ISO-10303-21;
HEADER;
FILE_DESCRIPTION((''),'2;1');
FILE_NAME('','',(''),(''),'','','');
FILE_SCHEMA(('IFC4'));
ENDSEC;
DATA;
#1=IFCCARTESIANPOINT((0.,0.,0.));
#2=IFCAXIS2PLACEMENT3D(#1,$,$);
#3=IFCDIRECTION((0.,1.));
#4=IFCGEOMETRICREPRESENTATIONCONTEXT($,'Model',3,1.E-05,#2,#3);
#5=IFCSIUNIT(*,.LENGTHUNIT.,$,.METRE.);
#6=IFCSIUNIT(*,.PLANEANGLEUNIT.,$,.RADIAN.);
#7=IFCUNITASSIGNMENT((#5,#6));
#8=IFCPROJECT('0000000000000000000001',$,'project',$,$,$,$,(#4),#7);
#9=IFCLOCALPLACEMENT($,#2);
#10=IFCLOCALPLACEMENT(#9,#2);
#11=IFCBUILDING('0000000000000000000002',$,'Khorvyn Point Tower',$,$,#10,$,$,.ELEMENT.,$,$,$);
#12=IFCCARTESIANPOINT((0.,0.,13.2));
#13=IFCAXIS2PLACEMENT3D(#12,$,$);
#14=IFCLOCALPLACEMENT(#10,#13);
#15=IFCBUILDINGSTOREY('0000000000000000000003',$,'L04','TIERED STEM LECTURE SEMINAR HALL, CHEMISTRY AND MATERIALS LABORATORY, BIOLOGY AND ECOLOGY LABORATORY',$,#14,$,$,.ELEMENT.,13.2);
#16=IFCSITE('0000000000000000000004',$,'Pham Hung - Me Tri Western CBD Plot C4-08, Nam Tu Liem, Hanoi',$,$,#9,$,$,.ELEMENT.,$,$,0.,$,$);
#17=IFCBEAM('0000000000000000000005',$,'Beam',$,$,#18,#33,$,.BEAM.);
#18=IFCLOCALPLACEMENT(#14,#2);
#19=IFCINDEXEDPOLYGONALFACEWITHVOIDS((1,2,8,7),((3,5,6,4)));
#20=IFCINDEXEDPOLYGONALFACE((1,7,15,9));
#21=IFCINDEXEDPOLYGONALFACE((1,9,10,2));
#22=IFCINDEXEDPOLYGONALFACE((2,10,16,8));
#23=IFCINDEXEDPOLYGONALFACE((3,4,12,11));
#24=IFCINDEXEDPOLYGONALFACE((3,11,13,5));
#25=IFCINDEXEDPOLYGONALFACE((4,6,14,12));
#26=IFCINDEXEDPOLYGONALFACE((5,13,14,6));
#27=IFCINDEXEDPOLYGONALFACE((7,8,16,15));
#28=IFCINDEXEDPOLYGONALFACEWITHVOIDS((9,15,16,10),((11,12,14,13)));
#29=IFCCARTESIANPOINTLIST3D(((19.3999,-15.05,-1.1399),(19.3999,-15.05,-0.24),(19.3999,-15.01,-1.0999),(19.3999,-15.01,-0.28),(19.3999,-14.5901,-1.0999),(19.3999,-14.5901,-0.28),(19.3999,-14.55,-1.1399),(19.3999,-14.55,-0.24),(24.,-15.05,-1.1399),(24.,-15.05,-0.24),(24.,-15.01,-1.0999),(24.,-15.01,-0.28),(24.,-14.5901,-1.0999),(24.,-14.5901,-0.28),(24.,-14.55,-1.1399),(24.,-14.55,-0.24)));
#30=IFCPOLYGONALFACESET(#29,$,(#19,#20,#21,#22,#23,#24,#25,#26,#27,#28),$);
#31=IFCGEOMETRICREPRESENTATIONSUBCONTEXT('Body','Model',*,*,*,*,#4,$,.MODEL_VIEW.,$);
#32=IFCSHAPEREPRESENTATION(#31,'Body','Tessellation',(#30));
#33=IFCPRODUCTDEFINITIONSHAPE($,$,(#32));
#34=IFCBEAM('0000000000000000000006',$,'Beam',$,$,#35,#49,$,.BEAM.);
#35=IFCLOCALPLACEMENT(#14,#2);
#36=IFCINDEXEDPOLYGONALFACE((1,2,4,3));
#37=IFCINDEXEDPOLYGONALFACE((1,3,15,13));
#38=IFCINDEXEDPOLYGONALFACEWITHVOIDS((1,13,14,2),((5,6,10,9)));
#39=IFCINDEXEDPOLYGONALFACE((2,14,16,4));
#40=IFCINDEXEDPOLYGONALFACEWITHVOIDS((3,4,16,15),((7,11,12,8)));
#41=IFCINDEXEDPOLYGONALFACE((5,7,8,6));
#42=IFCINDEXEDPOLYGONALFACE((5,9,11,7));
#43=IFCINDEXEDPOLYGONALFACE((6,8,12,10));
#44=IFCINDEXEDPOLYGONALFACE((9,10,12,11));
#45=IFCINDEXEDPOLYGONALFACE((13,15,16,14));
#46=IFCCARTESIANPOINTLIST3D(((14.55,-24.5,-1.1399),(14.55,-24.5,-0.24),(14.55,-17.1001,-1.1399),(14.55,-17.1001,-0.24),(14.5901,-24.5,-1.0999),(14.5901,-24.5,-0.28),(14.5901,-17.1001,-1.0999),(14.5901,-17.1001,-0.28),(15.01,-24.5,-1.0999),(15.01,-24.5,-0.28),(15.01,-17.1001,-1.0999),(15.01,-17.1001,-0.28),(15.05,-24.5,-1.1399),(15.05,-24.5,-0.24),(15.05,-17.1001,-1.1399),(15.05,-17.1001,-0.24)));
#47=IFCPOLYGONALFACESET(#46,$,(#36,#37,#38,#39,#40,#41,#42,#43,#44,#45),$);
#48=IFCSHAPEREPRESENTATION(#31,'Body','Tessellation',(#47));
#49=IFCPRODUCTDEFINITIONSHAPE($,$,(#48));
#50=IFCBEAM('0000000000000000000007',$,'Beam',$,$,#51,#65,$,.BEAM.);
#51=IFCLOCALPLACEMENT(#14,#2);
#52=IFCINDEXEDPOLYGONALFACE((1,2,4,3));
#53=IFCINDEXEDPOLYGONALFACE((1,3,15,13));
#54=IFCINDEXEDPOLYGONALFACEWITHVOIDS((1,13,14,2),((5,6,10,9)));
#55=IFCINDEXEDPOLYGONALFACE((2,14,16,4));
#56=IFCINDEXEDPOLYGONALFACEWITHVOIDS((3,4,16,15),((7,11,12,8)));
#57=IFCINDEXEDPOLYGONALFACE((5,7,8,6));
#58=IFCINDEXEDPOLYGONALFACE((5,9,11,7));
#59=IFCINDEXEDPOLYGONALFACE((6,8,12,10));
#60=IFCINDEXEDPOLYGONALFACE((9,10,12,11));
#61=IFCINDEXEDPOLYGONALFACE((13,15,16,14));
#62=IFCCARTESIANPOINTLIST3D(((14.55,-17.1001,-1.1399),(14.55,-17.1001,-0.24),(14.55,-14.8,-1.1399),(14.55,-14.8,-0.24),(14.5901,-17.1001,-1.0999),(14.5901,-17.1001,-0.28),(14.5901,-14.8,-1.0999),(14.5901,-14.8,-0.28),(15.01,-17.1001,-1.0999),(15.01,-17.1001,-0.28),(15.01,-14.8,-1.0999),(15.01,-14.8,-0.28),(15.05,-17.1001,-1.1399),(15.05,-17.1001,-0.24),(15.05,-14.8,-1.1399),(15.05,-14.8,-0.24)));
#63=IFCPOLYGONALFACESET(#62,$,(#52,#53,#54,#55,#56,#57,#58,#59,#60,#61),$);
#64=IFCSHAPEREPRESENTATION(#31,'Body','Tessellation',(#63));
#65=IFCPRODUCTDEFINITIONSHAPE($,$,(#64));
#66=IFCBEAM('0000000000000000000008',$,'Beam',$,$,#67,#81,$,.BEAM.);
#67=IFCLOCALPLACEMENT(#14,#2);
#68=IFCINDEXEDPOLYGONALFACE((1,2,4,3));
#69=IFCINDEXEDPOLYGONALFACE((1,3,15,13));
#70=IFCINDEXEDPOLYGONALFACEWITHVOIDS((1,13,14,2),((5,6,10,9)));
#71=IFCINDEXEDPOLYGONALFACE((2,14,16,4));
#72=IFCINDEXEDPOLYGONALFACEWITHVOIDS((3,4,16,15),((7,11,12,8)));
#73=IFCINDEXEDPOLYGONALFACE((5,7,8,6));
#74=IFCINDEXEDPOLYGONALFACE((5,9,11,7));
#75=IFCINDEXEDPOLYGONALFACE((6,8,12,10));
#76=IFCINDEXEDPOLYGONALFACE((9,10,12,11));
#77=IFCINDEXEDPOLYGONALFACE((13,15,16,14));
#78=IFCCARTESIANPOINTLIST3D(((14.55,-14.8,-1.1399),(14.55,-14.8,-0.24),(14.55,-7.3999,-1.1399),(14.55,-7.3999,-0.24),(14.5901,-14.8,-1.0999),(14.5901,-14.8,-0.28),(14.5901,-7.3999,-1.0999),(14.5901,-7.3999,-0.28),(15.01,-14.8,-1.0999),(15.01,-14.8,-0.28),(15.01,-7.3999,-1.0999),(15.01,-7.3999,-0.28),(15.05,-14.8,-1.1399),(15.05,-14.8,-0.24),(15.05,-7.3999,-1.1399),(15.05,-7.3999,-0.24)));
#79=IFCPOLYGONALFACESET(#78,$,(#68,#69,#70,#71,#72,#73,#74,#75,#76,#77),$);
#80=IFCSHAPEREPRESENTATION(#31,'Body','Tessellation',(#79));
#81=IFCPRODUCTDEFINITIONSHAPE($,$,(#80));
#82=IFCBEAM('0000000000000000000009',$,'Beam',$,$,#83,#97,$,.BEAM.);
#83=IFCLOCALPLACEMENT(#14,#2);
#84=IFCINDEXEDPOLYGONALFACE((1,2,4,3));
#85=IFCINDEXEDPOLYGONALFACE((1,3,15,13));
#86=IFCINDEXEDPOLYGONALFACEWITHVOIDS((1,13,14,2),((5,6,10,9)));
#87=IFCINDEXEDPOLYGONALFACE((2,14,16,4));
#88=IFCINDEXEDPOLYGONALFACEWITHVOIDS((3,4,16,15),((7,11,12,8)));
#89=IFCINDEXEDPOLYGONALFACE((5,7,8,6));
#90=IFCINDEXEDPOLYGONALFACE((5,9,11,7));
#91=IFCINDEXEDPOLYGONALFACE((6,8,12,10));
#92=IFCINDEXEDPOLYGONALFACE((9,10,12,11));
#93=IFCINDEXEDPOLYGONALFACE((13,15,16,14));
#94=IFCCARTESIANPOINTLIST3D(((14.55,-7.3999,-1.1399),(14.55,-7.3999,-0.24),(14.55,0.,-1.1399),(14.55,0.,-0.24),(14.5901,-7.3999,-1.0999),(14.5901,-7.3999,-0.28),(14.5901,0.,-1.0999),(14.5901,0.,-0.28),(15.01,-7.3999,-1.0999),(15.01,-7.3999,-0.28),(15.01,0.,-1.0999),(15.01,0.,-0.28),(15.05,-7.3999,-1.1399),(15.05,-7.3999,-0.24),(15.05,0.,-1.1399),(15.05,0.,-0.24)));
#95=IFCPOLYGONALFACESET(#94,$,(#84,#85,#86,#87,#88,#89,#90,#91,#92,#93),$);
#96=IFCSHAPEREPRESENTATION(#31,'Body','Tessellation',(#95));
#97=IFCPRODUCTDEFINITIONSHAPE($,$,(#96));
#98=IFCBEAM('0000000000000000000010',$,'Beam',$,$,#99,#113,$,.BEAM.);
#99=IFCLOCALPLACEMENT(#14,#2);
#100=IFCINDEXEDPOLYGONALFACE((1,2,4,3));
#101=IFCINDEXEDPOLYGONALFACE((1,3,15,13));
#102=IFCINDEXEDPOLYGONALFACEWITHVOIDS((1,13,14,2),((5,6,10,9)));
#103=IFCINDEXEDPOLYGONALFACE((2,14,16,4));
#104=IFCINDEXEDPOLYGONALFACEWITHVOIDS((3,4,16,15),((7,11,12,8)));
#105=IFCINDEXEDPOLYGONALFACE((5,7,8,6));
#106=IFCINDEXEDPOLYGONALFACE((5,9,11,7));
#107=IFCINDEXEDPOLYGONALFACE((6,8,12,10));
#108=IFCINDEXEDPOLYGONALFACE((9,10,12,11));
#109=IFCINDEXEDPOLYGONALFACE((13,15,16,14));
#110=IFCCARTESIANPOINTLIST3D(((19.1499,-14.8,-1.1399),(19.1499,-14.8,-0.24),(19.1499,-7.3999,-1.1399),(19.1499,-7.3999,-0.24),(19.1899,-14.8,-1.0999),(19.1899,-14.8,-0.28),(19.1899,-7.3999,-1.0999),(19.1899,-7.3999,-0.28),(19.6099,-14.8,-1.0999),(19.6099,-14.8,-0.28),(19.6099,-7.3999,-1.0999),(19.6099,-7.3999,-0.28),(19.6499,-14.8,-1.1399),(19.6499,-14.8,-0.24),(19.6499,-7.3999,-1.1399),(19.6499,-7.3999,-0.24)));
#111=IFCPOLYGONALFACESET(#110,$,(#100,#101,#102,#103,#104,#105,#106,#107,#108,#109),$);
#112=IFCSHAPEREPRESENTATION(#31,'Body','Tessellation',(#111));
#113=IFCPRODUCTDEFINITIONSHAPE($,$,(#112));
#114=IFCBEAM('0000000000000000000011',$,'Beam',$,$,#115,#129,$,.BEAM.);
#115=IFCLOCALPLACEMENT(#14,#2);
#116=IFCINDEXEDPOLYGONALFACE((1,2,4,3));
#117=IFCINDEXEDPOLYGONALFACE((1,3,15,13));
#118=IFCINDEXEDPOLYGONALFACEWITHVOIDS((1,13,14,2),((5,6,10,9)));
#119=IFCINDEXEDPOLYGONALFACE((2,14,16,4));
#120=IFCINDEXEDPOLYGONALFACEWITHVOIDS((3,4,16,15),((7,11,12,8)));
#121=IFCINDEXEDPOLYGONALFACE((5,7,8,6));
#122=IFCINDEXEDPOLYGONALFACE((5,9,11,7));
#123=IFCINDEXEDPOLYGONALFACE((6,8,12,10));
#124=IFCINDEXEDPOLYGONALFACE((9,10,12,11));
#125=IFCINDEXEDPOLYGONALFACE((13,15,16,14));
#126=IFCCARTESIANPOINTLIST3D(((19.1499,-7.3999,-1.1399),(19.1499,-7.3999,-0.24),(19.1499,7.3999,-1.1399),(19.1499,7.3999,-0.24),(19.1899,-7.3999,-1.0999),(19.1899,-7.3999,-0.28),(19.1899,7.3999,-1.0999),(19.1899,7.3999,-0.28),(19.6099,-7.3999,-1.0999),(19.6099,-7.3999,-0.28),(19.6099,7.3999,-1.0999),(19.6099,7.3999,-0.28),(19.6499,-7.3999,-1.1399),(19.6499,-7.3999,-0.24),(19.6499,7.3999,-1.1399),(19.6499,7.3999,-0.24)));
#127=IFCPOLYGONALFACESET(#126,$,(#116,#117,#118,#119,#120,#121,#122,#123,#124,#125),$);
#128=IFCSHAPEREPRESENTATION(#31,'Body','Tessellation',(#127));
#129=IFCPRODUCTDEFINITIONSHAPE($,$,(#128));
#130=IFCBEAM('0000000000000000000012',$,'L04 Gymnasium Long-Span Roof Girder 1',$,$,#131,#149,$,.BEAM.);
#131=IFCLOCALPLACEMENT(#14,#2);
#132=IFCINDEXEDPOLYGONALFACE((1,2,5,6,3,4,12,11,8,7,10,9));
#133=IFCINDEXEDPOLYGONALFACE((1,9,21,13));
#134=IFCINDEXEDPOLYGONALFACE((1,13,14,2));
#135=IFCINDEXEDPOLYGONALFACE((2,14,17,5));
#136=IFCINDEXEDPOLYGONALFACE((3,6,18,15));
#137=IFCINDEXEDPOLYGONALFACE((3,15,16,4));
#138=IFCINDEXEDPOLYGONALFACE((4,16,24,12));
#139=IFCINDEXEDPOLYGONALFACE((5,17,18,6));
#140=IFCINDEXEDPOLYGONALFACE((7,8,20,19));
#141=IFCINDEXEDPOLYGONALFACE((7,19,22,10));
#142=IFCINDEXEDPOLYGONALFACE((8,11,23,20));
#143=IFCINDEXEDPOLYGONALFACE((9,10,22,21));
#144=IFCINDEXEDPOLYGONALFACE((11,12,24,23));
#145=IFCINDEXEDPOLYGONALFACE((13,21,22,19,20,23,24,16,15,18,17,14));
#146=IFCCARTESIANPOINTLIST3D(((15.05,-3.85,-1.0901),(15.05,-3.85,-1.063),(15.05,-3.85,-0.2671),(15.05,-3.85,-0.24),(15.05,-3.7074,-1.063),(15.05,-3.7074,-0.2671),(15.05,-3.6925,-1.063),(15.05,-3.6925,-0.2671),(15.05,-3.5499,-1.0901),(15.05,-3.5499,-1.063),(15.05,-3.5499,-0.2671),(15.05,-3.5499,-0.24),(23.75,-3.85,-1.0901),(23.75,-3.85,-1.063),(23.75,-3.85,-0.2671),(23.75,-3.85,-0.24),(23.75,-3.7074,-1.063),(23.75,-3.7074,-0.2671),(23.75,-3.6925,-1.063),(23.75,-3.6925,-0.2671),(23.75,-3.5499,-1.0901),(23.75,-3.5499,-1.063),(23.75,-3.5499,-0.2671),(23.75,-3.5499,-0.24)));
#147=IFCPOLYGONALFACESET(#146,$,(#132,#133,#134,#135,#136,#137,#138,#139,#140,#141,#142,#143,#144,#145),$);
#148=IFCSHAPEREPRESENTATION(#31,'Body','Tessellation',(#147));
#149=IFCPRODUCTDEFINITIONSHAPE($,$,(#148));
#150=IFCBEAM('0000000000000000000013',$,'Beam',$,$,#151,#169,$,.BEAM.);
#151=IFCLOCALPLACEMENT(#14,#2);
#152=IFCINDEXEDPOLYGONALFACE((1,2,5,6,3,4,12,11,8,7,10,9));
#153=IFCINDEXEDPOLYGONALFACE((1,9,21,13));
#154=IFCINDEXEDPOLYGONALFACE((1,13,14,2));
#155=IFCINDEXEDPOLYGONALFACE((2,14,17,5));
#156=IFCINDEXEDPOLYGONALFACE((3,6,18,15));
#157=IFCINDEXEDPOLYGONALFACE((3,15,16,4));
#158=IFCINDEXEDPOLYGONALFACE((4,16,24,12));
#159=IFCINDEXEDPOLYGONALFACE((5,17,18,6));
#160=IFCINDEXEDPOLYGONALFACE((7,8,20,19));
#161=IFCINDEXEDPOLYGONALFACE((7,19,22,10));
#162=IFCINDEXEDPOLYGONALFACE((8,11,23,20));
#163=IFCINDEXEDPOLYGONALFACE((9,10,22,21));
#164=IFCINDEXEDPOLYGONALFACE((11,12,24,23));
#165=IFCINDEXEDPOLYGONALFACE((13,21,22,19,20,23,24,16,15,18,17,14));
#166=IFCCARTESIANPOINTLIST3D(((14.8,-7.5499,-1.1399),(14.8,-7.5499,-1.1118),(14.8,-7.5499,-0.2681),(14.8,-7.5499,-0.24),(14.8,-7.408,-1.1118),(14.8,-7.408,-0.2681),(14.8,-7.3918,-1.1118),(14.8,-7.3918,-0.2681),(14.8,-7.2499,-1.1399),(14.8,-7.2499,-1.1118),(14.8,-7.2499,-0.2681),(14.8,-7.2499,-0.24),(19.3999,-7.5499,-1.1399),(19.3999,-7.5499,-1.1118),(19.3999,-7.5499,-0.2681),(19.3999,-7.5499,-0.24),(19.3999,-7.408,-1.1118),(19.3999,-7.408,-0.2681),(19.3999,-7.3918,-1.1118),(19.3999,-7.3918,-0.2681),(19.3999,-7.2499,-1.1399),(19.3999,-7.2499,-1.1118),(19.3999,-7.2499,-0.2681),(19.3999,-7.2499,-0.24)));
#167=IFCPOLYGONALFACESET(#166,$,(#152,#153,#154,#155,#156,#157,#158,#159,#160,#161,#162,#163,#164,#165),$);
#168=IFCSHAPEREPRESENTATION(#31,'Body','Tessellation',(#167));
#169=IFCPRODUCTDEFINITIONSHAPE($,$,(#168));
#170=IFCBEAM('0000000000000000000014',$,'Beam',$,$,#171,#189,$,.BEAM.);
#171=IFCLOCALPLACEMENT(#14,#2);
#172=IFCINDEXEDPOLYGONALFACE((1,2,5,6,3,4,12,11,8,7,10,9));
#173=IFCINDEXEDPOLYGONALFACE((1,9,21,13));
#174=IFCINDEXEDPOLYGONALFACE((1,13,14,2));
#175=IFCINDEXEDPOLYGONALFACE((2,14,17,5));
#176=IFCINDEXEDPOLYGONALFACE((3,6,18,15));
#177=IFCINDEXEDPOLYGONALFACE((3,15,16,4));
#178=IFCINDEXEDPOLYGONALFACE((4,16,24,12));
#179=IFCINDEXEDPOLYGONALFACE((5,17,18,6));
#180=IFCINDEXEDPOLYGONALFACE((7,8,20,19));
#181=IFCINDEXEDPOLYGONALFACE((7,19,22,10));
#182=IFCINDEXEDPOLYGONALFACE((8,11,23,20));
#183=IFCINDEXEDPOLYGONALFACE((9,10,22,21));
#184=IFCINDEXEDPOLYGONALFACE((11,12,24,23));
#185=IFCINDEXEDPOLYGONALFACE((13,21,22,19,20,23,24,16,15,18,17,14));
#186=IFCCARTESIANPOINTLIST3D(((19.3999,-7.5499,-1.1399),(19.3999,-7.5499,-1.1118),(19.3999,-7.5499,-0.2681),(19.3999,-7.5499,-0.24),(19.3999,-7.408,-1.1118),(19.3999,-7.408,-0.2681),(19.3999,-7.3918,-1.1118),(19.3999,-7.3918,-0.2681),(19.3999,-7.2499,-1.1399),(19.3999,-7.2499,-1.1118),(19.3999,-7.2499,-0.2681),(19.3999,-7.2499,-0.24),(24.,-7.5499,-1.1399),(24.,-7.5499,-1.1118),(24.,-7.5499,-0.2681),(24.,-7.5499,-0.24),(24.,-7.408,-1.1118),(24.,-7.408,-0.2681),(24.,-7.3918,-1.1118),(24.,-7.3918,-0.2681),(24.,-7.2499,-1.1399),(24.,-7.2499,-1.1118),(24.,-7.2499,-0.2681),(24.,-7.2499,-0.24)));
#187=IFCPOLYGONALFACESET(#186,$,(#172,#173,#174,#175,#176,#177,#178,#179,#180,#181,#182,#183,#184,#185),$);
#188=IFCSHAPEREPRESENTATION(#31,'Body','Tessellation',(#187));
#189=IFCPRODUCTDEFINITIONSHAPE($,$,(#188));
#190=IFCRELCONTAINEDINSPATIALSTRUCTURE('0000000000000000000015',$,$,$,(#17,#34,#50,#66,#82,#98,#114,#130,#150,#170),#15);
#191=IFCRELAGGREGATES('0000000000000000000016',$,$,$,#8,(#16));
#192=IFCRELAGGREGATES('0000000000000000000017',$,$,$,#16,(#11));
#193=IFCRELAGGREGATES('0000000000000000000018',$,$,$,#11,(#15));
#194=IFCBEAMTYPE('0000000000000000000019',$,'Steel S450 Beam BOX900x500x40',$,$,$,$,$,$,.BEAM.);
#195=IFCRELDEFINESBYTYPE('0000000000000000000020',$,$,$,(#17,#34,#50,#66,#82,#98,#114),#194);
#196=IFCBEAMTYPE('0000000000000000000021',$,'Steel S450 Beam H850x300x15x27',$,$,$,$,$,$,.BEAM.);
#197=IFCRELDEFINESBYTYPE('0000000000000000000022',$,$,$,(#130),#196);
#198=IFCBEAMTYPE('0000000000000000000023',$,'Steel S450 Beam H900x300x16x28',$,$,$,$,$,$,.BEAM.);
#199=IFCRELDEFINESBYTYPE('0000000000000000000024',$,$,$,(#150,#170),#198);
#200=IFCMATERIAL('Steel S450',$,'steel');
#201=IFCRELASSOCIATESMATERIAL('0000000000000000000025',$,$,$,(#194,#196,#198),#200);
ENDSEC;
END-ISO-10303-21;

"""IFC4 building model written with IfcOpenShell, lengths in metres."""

from ifc_helpers import new_model, si_unit, direction, frame, origin, origin_2d, place, context, subcontext, project, spatial, hollow_rectangle, i_section, extrude, material, material_profile, profile_set, type_object, element, save


model = new_model("IFC4")

# Units and contexts
model_context = context("Model", 3, precision=1e-05, world=origin(), true_north=direction((0.0, 1.0)))
body_context = subcontext(model_context, "Body", "Model", "MODEL_VIEW")
ifc_project = project(units=[si_unit("LENGTHUNIT", "METRE"), si_unit("PLANEANGLEUNIT", "RADIAN")], contexts=[model_context])

# Site, building, storey
site_placement = place(None, origin())
site = spatial("IfcSite", under=ifc_project, at=site_placement, Name="Pham Hung - Me Tri Western CBD Plot C4-08, Nam Tu Liem, Hanoi", CompositionType="ELEMENT", RefElevation=0.0)
building_placement = place(site_placement, origin())
building = spatial("IfcBuilding", under=site, at=building_placement, Name="Khorvyn Point Tower", CompositionType="ELEMENT")
storey_placement = place(building_placement, frame((0.0, 0.0, 13.2)))
storey = spatial("IfcBuildingStorey", under=building, at=storey_placement, Name="L04", Description="TIERED STEM LECTURE SEMINAR HALL, CHEMISTRY AND MATERIALS LABORATORY, BIOLOGY AND ECOLOGY LABORATORY", CompositionType="ELEMENT", Elevation=13.2)

# Beams
ifc_material_1 = material(Name="Steel S450", Category="steel")
ifc_material_profile_1 = material_profile(ifc_material_1, hollow_rectangle(XDim=0.5, YDim=0.8999, WallThickness=0.04, at=origin_2d()))
ifc_profile_set_1 = profile_set([ifc_material_profile_1], Name="Steel S450 BOX900x500x40")
beam_type_1 = type_object("IfcBeamType", Name="Steel S450 Beam BOX900x500x40", PredefinedType="BEAM", material=ifc_profile_set_1)
beam_1_placement = place(storey_placement, frame((19.3999, -14.8, -0.6899), z_axis=(1.0, 0.0, 0.0), x_axis=(0.0, 1.0, 0.0)))
element("IfcBeam", 1, at=beam_1_placement, inside=storey, type_object=beam_type_1, Name="Beam", PredefinedType="BEAM", context=body_context, shape_type="SweptSolid", body=[
    extrude(hollow_rectangle(XDim=0.5, YDim=0.8999, WallThickness=0.04, at=origin_2d()), origin(), (0.0, 0.0, 1.0), 4.6001),
])
beam_2_placement = place(storey_placement, frame((14.8, -24.5, -0.6899), z_axis=(0.0, 1.0, 0.0), x_axis=(-1.0, 0.0, 0.0)))
element("IfcBeam", 2, at=beam_2_placement, inside=storey, type_object=beam_type_1, Name="Beam", PredefinedType="BEAM", context=body_context, shape_type="SweptSolid", body=[
    extrude(hollow_rectangle(XDim=0.5, YDim=0.8999, WallThickness=0.04, at=origin_2d()), origin(), (0.0, 0.0, 1.0), 7.3999),
])
beam_3_placement = place(storey_placement, frame((14.8, -17.1001, -0.6899), z_axis=(0.0, 1.0, 0.0), x_axis=(-1.0, 0.0, 0.0)))
element("IfcBeam", 3, at=beam_3_placement, inside=storey, type_object=beam_type_1, Name="Beam", PredefinedType="BEAM", context=body_context, shape_type="SweptSolid", body=[
    extrude(hollow_rectangle(XDim=0.5, YDim=0.8999, WallThickness=0.04, at=origin_2d()), origin(), (0.0, 0.0, 1.0), 2.3),
])
beam_4_placement = place(storey_placement, frame((14.8, -14.8, -0.6899), z_axis=(0.0, 1.0, 0.0), x_axis=(-1.0, 0.0, 0.0)))
element("IfcBeam", 4, at=beam_4_placement, inside=storey, type_object=beam_type_1, Name="Beam", PredefinedType="BEAM", context=body_context, shape_type="SweptSolid", body=[
    extrude(hollow_rectangle(XDim=0.5, YDim=0.8999, WallThickness=0.04, at=origin_2d()), origin(), (0.0, 0.0, 1.0), 7.4001),
])
beam_5_placement = place(storey_placement, frame((14.8, -7.3999, -0.6899), z_axis=(0.0, 1.0, 0.0), x_axis=(-1.0, 0.0, 0.0)))
element("IfcBeam", 5, at=beam_5_placement, inside=storey, type_object=beam_type_1, Name="Beam", PredefinedType="BEAM", context=body_context, shape_type="SweptSolid", body=[
    extrude(hollow_rectangle(XDim=0.5, YDim=0.8999, WallThickness=0.04, at=origin_2d()), origin(), (0.0, 0.0, 1.0), 7.3999),
])
beam_6_placement = place(storey_placement, frame((19.3999, -14.8, -0.6899), z_axis=(0.0, 1.0, 0.0), x_axis=(-1.0, 0.0, 0.0)))
element("IfcBeam", 6, at=beam_6_placement, inside=storey, type_object=beam_type_1, Name="Beam", PredefinedType="BEAM", context=body_context, shape_type="SweptSolid", body=[
    extrude(hollow_rectangle(XDim=0.5, YDim=0.8999, WallThickness=0.04, at=origin_2d()), origin(), (0.0, 0.0, 1.0), 7.4001),
])
beam_7_placement = place(storey_placement, frame((19.3999, -7.3999, -0.6899), z_axis=(0.0, 1.0, 0.0), x_axis=(-1.0, 0.0, 0.0)))
element("IfcBeam", 7, at=beam_7_placement, inside=storey, type_object=beam_type_1, Name="Beam", PredefinedType="BEAM", context=body_context, shape_type="SweptSolid", body=[
    extrude(hollow_rectangle(XDim=0.5, YDim=0.8999, WallThickness=0.04, at=origin_2d()), origin(), (0.0, 0.0, 1.0), 14.7998),
])
ifc_material_profile_2 = material_profile(ifc_material_1, i_section(OverallWidth=0.3, OverallDepth=0.8501, WebThickness=0.0149, FlangeThickness=0.0271, at=origin_2d()))
ifc_profile_set_2 = profile_set([ifc_material_profile_2], Name="Steel S450 H850x300x15x27")
beam_type_2 = type_object("IfcBeamType", Name="Steel S450 Beam H850x300x15x27", PredefinedType="BEAM", material=ifc_profile_set_2)
beam_8_placement = place(storey_placement, frame((15.05, -3.7, -0.665), z_axis=(1.0, 0.0, 0.0), x_axis=(0.0, 1.0, 0.0)))
element("IfcBeam", 8, at=beam_8_placement, inside=storey, type_object=beam_type_2, Name="L04 Gymnasium Long-Span Roof Girder 1", PredefinedType="BEAM", context=body_context, shape_type="SweptSolid", body=[
    extrude(i_section(OverallWidth=0.3, OverallDepth=0.8501, WebThickness=0.0149, FlangeThickness=0.0271, at=origin_2d()), origin(), (0.0, 0.0, 1.0), 8.7),
])
ifc_material_profile_3 = material_profile(ifc_material_1, i_section(OverallWidth=0.3, OverallDepth=0.8999, WebThickness=0.0161, FlangeThickness=0.0281, at=origin_2d()))
ifc_profile_set_3 = profile_set([ifc_material_profile_3], Name="Steel S450 H900x300x16x28")
beam_type_3 = type_object("IfcBeamType", Name="Steel S450 Beam H900x300x16x28", PredefinedType="BEAM", material=ifc_profile_set_3)
beam_9_placement = place(storey_placement, frame((14.8, -7.3999, -0.6899), z_axis=(1.0, 0.0, 0.0), x_axis=(0.0, 1.0, 0.0)))
element("IfcBeam", 9, at=beam_9_placement, inside=storey, type_object=beam_type_3, Name="Beam", PredefinedType="BEAM", context=body_context, shape_type="SweptSolid", body=[
    extrude(i_section(OverallWidth=0.3, OverallDepth=0.8999, WebThickness=0.0161, FlangeThickness=0.0281, at=origin_2d()), origin(), (0.0, 0.0, 1.0), 4.5999),
])
beam_10_placement = place(storey_placement, frame((19.3999, -7.3999, -0.6899), z_axis=(1.0, 0.0, 0.0), x_axis=(0.0, 1.0, 0.0)))
element("IfcBeam", 10, at=beam_10_placement, inside=storey, type_object=beam_type_3, Name="Beam", PredefinedType="BEAM", context=body_context, shape_type="SweptSolid", body=[
    extrude(i_section(OverallWidth=0.3, OverallDepth=0.8999, WebThickness=0.0161, FlangeThickness=0.0281, at=origin_2d()), origin(), (0.0, 0.0, 1.0), 4.6001),
])

save(model, "model.ifc")
